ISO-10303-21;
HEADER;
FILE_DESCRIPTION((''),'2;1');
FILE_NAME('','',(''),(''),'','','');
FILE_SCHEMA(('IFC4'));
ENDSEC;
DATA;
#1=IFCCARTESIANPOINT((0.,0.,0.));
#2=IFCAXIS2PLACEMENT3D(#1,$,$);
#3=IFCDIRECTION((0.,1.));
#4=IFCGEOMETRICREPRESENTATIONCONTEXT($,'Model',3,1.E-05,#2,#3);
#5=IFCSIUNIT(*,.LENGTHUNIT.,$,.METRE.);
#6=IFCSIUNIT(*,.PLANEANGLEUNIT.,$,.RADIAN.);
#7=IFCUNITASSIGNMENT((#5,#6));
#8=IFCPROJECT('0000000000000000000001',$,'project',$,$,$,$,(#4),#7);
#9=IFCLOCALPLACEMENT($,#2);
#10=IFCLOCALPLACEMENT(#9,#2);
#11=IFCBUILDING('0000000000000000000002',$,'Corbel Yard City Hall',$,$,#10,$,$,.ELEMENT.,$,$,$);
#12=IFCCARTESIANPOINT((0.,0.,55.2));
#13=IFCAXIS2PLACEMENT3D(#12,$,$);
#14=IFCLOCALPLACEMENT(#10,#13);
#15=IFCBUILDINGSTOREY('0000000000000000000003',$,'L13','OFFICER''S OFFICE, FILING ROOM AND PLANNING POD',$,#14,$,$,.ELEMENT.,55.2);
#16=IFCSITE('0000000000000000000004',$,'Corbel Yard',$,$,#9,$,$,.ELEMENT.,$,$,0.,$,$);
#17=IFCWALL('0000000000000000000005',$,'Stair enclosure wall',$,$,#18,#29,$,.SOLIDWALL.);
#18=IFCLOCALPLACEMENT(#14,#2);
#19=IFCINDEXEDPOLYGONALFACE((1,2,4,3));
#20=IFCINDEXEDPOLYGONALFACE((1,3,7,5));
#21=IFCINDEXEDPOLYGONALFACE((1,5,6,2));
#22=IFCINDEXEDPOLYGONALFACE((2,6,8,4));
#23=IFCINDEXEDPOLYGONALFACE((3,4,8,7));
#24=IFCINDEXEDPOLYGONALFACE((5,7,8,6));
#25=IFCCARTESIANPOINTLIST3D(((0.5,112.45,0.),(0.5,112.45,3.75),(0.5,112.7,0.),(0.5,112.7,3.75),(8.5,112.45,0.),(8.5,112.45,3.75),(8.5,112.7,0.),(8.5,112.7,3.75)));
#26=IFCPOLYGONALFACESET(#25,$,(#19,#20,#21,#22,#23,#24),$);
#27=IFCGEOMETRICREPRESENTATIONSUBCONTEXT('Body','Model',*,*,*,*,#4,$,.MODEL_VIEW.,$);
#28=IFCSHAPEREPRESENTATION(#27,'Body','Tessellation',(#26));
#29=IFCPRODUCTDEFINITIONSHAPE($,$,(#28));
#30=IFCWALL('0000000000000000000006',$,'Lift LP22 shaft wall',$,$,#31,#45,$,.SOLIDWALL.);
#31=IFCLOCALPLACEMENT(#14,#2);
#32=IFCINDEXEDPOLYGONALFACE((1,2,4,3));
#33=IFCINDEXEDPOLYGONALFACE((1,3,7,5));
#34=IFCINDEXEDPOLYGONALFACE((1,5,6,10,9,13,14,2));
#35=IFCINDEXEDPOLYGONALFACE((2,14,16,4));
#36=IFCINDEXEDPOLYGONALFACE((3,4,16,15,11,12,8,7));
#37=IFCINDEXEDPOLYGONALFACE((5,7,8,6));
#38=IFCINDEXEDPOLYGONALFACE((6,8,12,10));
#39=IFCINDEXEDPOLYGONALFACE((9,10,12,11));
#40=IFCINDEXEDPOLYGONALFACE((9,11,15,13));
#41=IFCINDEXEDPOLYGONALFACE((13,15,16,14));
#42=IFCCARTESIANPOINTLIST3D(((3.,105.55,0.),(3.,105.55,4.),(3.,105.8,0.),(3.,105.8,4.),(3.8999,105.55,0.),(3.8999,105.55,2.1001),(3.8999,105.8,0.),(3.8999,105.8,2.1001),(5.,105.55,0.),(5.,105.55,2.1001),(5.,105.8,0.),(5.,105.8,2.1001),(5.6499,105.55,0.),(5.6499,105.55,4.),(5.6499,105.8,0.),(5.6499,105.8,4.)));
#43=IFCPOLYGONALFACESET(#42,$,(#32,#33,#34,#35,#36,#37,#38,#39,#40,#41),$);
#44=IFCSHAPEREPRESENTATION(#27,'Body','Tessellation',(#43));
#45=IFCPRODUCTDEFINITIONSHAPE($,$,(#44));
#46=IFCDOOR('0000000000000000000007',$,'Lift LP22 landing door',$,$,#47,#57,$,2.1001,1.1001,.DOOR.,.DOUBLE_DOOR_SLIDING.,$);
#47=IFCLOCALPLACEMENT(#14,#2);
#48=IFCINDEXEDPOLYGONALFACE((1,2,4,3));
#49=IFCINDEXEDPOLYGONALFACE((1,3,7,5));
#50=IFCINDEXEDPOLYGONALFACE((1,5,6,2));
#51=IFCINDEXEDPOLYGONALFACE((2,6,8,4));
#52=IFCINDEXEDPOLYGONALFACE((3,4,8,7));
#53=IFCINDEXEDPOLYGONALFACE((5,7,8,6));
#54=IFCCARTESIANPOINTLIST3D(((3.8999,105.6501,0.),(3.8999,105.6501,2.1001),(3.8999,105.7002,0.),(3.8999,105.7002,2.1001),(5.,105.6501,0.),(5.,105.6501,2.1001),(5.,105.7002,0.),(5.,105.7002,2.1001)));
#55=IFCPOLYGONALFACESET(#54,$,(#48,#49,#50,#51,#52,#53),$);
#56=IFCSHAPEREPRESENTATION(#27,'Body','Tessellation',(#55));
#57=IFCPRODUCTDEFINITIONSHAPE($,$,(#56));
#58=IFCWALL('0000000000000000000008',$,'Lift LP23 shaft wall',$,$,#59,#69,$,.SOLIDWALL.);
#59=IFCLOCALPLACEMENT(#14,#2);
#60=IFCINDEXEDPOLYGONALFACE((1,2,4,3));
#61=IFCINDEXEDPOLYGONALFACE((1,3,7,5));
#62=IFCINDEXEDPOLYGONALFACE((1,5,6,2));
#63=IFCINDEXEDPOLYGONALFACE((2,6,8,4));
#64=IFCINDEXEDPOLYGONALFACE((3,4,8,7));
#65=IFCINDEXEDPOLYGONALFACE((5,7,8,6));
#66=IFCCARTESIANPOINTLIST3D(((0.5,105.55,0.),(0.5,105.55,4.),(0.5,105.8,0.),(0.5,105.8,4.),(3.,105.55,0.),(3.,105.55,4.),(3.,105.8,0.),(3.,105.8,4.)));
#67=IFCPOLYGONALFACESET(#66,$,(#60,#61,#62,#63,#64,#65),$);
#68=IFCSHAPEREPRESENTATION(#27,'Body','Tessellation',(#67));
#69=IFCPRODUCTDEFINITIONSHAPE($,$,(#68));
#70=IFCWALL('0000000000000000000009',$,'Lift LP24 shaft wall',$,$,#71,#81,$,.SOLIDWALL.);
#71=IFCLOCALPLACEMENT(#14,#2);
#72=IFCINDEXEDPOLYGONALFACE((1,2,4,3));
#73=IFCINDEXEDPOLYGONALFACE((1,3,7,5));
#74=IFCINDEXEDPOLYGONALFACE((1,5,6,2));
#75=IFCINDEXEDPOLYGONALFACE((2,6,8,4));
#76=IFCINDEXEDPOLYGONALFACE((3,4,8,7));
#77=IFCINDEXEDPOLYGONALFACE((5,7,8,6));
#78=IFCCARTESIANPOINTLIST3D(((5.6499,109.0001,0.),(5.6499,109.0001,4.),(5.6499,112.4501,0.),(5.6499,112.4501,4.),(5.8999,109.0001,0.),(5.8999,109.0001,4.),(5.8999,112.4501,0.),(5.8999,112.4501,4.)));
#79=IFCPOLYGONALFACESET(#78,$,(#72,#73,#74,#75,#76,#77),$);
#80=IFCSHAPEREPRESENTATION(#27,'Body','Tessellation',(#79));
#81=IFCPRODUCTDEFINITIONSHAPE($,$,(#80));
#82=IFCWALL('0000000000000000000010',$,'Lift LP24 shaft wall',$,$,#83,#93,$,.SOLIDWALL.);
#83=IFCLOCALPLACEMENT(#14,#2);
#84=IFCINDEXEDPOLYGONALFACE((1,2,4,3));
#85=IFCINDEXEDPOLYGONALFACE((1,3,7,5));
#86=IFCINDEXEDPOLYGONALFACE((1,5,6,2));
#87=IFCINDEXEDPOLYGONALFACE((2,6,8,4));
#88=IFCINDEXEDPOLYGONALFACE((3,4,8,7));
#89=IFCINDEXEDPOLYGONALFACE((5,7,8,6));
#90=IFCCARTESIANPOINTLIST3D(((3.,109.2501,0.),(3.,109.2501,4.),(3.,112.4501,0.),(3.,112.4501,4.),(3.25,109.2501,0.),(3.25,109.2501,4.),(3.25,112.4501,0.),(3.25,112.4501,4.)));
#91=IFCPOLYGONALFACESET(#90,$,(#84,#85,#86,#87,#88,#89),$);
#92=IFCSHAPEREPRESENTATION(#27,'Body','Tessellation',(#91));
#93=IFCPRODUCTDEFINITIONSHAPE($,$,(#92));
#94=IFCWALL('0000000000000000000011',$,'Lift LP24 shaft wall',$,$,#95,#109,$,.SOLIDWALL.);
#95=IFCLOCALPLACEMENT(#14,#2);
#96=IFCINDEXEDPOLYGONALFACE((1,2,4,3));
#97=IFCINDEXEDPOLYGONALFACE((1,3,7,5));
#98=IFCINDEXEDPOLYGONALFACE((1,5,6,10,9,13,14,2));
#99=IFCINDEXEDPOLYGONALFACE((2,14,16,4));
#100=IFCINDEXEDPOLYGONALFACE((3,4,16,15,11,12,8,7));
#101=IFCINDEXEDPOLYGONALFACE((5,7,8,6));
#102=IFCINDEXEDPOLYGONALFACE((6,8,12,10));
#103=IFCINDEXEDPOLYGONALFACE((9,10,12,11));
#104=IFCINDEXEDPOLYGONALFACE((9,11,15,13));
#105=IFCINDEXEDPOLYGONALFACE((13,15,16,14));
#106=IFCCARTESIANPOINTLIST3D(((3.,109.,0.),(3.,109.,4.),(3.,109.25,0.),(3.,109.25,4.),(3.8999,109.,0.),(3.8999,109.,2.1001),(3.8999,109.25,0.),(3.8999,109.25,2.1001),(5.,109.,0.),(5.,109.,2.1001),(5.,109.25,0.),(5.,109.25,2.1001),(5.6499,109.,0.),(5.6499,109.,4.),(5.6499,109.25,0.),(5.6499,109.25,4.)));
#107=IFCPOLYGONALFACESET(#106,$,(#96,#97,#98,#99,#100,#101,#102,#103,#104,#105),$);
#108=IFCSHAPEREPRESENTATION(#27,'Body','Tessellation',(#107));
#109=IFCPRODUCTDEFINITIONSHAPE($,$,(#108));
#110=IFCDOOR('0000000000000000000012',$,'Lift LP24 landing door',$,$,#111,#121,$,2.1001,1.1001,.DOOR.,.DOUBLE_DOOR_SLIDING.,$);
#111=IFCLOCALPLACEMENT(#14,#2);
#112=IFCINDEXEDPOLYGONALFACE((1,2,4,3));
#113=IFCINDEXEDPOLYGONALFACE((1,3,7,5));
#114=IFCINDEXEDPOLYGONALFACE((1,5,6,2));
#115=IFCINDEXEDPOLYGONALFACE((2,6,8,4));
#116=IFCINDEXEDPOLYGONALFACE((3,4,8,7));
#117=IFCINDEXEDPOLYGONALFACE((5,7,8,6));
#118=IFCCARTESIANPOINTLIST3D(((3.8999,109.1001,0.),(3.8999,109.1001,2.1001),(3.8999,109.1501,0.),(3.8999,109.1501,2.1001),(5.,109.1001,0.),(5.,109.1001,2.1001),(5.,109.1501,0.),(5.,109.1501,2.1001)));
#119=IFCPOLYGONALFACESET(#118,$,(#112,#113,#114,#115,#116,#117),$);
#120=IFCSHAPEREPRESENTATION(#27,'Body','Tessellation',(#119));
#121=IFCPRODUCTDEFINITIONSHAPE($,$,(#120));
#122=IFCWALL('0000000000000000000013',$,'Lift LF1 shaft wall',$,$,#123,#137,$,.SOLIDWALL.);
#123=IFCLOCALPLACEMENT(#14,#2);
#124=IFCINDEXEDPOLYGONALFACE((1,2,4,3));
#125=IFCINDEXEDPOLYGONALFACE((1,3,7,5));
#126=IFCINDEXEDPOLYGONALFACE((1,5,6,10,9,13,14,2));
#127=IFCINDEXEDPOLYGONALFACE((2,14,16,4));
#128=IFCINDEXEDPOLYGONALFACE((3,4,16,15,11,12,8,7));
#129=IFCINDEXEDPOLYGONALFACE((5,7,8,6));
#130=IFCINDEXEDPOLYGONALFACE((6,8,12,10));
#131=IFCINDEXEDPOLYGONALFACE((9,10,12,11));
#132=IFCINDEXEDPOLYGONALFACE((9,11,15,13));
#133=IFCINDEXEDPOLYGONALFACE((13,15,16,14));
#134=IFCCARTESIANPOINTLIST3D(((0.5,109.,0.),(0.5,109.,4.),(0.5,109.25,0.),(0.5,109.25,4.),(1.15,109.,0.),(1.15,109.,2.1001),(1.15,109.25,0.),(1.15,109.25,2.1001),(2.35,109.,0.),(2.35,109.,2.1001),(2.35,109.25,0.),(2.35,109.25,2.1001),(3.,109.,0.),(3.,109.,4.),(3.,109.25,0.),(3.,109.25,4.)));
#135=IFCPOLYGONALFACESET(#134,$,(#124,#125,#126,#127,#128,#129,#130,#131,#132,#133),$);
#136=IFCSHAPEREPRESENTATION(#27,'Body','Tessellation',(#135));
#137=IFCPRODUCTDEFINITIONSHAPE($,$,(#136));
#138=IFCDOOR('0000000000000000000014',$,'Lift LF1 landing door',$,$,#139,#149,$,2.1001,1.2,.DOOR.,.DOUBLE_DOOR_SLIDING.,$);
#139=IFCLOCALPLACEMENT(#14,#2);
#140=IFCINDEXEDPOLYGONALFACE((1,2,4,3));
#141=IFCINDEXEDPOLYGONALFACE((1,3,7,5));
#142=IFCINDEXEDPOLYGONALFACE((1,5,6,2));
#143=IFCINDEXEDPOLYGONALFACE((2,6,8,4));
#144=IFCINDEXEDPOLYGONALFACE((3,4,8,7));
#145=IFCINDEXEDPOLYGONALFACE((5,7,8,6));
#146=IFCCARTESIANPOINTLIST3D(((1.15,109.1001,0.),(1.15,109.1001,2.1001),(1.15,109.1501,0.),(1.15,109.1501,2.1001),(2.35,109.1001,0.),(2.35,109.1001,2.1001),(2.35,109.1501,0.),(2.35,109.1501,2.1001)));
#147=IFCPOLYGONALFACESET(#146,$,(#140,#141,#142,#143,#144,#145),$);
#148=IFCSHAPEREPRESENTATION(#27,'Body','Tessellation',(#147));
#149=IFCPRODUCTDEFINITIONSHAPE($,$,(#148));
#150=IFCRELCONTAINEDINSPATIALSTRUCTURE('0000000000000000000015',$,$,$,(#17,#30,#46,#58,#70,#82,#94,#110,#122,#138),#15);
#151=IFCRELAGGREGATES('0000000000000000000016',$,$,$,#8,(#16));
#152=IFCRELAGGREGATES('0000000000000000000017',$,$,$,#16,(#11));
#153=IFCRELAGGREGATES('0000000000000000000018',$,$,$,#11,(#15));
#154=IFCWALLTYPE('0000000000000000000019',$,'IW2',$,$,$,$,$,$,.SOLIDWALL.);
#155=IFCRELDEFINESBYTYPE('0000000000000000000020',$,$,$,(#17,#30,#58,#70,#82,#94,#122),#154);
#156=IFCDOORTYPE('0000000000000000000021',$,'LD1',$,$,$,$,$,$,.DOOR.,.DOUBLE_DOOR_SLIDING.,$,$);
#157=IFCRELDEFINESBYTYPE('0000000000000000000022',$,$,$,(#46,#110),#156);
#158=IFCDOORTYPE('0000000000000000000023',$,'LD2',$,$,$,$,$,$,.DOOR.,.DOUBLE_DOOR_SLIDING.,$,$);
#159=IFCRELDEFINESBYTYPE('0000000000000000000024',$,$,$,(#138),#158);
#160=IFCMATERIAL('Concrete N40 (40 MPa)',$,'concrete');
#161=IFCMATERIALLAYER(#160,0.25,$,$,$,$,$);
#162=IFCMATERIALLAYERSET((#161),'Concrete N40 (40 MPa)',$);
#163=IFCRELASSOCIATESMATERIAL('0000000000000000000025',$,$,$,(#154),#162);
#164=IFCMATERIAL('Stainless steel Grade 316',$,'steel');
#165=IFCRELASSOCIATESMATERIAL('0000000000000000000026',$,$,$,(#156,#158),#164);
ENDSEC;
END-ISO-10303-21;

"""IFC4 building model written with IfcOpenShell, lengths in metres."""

from ifc_helpers import new_model, si_unit, direction, frame, frame_2d, origin, place, context, subcontext, project, spatial, rectangle, extrude, material, layer, layer_set, type_object, element, fill, save


model = new_model("IFC4")

# Units and contexts
model_context = context("Model", 3, precision=1e-05, world=origin(), true_north=direction((0.0, 1.0)))
body_context = subcontext(model_context, "Body", "Model", "MODEL_VIEW")
ifc_project = project(units=[si_unit("LENGTHUNIT", "METRE"), si_unit("PLANEANGLEUNIT", "RADIAN")], contexts=[model_context])

# Site, building, storey
site_placement = place(None, origin())
site = spatial("IfcSite", under=ifc_project, at=site_placement, Name="Corbel Yard", CompositionType="ELEMENT", RefElevation=0.0)
building_placement = place(site_placement, origin())
building = spatial("IfcBuilding", under=site, at=building_placement, Name="Corbel Yard City Hall", CompositionType="ELEMENT")
storey_placement = place(building_placement, frame((0.0, 0.0, 55.2)))
storey = spatial("IfcBuildingStorey", under=building, at=storey_placement, Name="L13", Description="OFFICER'S OFFICE, FILING ROOM AND PLANNING POD", CompositionType="ELEMENT", Elevation=55.2)

# Wall
ifc_material_1 = material(Name="Concrete N40 (40 MPa)", Category="concrete")
ifc_layer_1 = layer(ifc_material_1, 0.25)
ifc_layer_set_1 = layer_set([ifc_layer_1], Name="Concrete N40 (40 MPa)")
wall_type_1 = type_object("IfcWallType", Name="IW2", PredefinedType="SOLIDWALL", material=ifc_layer_set_1)
wall_1_placement = place(storey_placement, frame((8.5, 112.575, 0.0), z_axis=(0.0, 0.0, 1.0), x_axis=(-1.0, 0.0, 0.0)))
element("IfcWall", 1, at=wall_1_placement, inside=storey, type_object=wall_type_1, Name="Stair enclosure wall", PredefinedType="SOLIDWALL", context=body_context, shape_type="SweptSolid", body=[
    extrude(rectangle(XDim=8.0, YDim=0.25, at=frame_2d((4.0, 0.0))), origin(), (0.0, 0.0, 1.0), 3.75),
])

# Wall, opening, door
wall_2_placement = place(storey_placement, frame((5.6499, 105.675, 0.0), z_axis=(0.0, 0.0, 1.0), x_axis=(-1.0, 0.0, 0.0)))
wall_2 = element("IfcWall", 2, at=wall_2_placement, inside=storey, type_object=wall_type_1, Name="Lift LP22 shaft wall", PredefinedType="SOLIDWALL", context=body_context, shape_type="SweptSolid", body=[
    extrude(rectangle(XDim=2.6499, YDim=0.25, at=frame_2d((1.325, 0.0))), origin(), (0.0, 0.0, 1.0), 4.0),
])
opening_1_placement = place(wall_2_placement, frame((0.6499, 0.0, 0.0)))
opening_1 = element("IfcOpeningElement", 3, at=opening_1_placement, cuts=wall_2, PredefinedType="OPENING", context=body_context, shape_type="SweptSolid", body=[
    extrude(rectangle(XDim=1.1001, YDim=2.1001, at=frame_2d((0.55, 1.05))), frame((0.0, 0.135, 0.0), z_axis=(0.0, -1.0, 0.0), x_axis=(1.0, 0.0, 0.0)), (0.0, 0.0, 1.0), 0.27),
])
ifc_material_2 = material(Name="Stainless steel Grade 316", Category="steel")
door_type_1 = type_object("IfcDoorType", Name="LD1", OperationType="DOUBLE_DOOR_SLIDING", PredefinedType="DOOR", material=ifc_material_2)
door_1_placement = place(opening_1_placement, origin())
door_1 = element("IfcDoor", 4, at=door_1_placement, inside=storey, type_object=door_type_1, Name="Lift LP22 landing door", OperationType="DOUBLE_DOOR_SLIDING", OverallHeight=2.1001, OverallWidth=1.1001, PredefinedType="DOOR", context=body_context, shape_type="SweptSolid", body=[
    extrude(rectangle(XDim=1.1001, YDim=2.1001, at=frame_2d((0.55, 1.05))), frame((0.0, 0.0249, 0.0), z_axis=(0.0, -1.0, 0.0), x_axis=(1.0, 0.0, 0.0)), (0.0, 0.0, 1.0), 0.05),
])
fill(opening_1, door_1)

# Walls
wall_3_placement = place(storey_placement, frame((3.0, 105.675, 0.0), z_axis=(0.0, 0.0, 1.0), x_axis=(-1.0, 0.0, 0.0)))
element("IfcWall", 5, at=wall_3_placement, inside=storey, type_object=wall_type_1, Name="Lift LP23 shaft wall", PredefinedType="SOLIDWALL", context=body_context, shape_type="SweptSolid", body=[
    extrude(rectangle(XDim=2.5, YDim=0.25, at=frame_2d((1.25, 0.0))), origin(), (0.0, 0.0, 1.0), 4.0),
])
wall_4_placement = place(storey_placement, frame((5.7749, 109.0, 0.0), z_axis=(0.0, 0.0, 1.0), x_axis=(0.0, 1.0, 0.0)))
element("IfcWall", 6, at=wall_4_placement, inside=storey, type_object=wall_type_1, Name="Lift LP24 shaft wall", PredefinedType="SOLIDWALL", context=body_context, shape_type="SweptSolid", body=[
    extrude(rectangle(XDim=3.45, YDim=0.25, at=frame_2d((1.7251, 0.0))), origin(), (0.0, 0.0, 1.0), 4.0),
])
wall_5_placement = place(storey_placement, frame((3.125, 109.25, 0.0), z_axis=(0.0, 0.0, 1.0), x_axis=(0.0, 1.0, 0.0)))
element("IfcWall", 7, at=wall_5_placement, inside=storey, type_object=wall_type_1, Name="Lift LP24 shaft wall", PredefinedType="SOLIDWALL", context=body_context, shape_type="SweptSolid", body=[
    extrude(rectangle(XDim=3.2, YDim=0.25, at=frame_2d((1.6001, 0.0))), origin(), (0.0, 0.0, 1.0), 4.0),
])

# Walls, openings, doors
wall_6_placement = place(storey_placement, frame((5.6499, 109.125, 0.0), z_axis=(0.0, 0.0, 1.0), x_axis=(-1.0, 0.0, 0.0)))
wall_6 = element("IfcWall", 8, at=wall_6_placement, inside=storey, type_object=wall_type_1, Name="Lift LP24 shaft wall", PredefinedType="SOLIDWALL", context=body_context, shape_type="SweptSolid", body=[
    extrude(rectangle(XDim=2.6499, YDim=0.25, at=frame_2d((1.325, 0.0))), origin(), (0.0, 0.0, 1.0), 4.0),
])
opening_2_placement = place(wall_6_placement, frame((0.6499, 0.0, 0.0)))
opening_2 = element("IfcOpeningElement", 9, at=opening_2_placement, cuts=wall_6, PredefinedType="OPENING", context=body_context, shape_type="SweptSolid", body=[
    extrude(rectangle(XDim=1.1001, YDim=2.1001, at=frame_2d((0.55, 1.05))), frame((0.0, 0.135, 0.0), z_axis=(0.0, -1.0, 0.0), x_axis=(1.0, 0.0, 0.0)), (0.0, 0.0, 1.0), 0.27),
])
door_2_placement = place(opening_2_placement, origin())
door_2 = element("IfcDoor", 10, at=door_2_placement, inside=storey, type_object=door_type_1, Name="Lift LP24 landing door", OperationType="DOUBLE_DOOR_SLIDING", OverallHeight=2.1001, OverallWidth=1.1001, PredefinedType="DOOR", context=body_context, shape_type="SweptSolid", body=[
    extrude(rectangle(XDim=1.1001, YDim=2.1001, at=frame_2d((0.55, 1.05))), frame((0.0, 0.0249, 0.0), z_axis=(0.0, -1.0, 0.0), x_axis=(1.0, 0.0, 0.0)), (0.0, 0.0, 1.0), 0.05),
])
fill(opening_2, door_2)
wall_7_placement = place(storey_placement, frame((3.0, 109.125, 0.0), z_axis=(0.0, 0.0, 1.0), x_axis=(-1.0, 0.0, 0.0)))
wall_7 = element("IfcWall", 11, at=wall_7_placement, inside=storey, type_object=wall_type_1, Name="Lift LF1 shaft wall", PredefinedType="SOLIDWALL", context=body_context, shape_type="SweptSolid", body=[
    extrude(rectangle(XDim=2.5, YDim=0.25, at=frame_2d((1.25, 0.0))), origin(), (0.0, 0.0, 1.0), 4.0),
])
opening_3_placement = place(wall_7_placement, frame((0.6499, 0.0, 0.0)))
opening_3 = element("IfcOpeningElement", 12, at=opening_3_placement, cuts=wall_7, PredefinedType="OPENING", context=body_context, shape_type="SweptSolid", body=[
    extrude(rectangle(XDim=1.2, YDim=2.1001, at=frame_2d((0.6001, 1.05))), frame((0.0, 0.135, 0.0), z_axis=(0.0, -1.0, 0.0), x_axis=(1.0, 0.0, 0.0)), (0.0, 0.0, 1.0), 0.27),
])
door_type_2 = type_object("IfcDoorType", Name="LD2", OperationType="DOUBLE_DOOR_SLIDING", PredefinedType="DOOR", material=ifc_material_2)
door_3_placement = place(opening_3_placement, origin())
door_3 = element("IfcDoor", 13, at=door_3_placement, inside=storey, type_object=door_type_2, Name="Lift LF1 landing door", OperationType="DOUBLE_DOOR_SLIDING", OverallHeight=2.1001, OverallWidth=1.2, PredefinedType="DOOR", context=body_context, shape_type="SweptSolid", body=[
    extrude(rectangle(XDim=1.2, YDim=2.1001, at=frame_2d((0.6001, 1.05))), frame((0.0, 0.0249, 0.0), z_axis=(0.0, -1.0, 0.0), x_axis=(1.0, 0.0, 0.0)), (0.0, 0.0, 1.0), 0.05),
])
fill(opening_3, door_3)

save(model, "model.ifc")
